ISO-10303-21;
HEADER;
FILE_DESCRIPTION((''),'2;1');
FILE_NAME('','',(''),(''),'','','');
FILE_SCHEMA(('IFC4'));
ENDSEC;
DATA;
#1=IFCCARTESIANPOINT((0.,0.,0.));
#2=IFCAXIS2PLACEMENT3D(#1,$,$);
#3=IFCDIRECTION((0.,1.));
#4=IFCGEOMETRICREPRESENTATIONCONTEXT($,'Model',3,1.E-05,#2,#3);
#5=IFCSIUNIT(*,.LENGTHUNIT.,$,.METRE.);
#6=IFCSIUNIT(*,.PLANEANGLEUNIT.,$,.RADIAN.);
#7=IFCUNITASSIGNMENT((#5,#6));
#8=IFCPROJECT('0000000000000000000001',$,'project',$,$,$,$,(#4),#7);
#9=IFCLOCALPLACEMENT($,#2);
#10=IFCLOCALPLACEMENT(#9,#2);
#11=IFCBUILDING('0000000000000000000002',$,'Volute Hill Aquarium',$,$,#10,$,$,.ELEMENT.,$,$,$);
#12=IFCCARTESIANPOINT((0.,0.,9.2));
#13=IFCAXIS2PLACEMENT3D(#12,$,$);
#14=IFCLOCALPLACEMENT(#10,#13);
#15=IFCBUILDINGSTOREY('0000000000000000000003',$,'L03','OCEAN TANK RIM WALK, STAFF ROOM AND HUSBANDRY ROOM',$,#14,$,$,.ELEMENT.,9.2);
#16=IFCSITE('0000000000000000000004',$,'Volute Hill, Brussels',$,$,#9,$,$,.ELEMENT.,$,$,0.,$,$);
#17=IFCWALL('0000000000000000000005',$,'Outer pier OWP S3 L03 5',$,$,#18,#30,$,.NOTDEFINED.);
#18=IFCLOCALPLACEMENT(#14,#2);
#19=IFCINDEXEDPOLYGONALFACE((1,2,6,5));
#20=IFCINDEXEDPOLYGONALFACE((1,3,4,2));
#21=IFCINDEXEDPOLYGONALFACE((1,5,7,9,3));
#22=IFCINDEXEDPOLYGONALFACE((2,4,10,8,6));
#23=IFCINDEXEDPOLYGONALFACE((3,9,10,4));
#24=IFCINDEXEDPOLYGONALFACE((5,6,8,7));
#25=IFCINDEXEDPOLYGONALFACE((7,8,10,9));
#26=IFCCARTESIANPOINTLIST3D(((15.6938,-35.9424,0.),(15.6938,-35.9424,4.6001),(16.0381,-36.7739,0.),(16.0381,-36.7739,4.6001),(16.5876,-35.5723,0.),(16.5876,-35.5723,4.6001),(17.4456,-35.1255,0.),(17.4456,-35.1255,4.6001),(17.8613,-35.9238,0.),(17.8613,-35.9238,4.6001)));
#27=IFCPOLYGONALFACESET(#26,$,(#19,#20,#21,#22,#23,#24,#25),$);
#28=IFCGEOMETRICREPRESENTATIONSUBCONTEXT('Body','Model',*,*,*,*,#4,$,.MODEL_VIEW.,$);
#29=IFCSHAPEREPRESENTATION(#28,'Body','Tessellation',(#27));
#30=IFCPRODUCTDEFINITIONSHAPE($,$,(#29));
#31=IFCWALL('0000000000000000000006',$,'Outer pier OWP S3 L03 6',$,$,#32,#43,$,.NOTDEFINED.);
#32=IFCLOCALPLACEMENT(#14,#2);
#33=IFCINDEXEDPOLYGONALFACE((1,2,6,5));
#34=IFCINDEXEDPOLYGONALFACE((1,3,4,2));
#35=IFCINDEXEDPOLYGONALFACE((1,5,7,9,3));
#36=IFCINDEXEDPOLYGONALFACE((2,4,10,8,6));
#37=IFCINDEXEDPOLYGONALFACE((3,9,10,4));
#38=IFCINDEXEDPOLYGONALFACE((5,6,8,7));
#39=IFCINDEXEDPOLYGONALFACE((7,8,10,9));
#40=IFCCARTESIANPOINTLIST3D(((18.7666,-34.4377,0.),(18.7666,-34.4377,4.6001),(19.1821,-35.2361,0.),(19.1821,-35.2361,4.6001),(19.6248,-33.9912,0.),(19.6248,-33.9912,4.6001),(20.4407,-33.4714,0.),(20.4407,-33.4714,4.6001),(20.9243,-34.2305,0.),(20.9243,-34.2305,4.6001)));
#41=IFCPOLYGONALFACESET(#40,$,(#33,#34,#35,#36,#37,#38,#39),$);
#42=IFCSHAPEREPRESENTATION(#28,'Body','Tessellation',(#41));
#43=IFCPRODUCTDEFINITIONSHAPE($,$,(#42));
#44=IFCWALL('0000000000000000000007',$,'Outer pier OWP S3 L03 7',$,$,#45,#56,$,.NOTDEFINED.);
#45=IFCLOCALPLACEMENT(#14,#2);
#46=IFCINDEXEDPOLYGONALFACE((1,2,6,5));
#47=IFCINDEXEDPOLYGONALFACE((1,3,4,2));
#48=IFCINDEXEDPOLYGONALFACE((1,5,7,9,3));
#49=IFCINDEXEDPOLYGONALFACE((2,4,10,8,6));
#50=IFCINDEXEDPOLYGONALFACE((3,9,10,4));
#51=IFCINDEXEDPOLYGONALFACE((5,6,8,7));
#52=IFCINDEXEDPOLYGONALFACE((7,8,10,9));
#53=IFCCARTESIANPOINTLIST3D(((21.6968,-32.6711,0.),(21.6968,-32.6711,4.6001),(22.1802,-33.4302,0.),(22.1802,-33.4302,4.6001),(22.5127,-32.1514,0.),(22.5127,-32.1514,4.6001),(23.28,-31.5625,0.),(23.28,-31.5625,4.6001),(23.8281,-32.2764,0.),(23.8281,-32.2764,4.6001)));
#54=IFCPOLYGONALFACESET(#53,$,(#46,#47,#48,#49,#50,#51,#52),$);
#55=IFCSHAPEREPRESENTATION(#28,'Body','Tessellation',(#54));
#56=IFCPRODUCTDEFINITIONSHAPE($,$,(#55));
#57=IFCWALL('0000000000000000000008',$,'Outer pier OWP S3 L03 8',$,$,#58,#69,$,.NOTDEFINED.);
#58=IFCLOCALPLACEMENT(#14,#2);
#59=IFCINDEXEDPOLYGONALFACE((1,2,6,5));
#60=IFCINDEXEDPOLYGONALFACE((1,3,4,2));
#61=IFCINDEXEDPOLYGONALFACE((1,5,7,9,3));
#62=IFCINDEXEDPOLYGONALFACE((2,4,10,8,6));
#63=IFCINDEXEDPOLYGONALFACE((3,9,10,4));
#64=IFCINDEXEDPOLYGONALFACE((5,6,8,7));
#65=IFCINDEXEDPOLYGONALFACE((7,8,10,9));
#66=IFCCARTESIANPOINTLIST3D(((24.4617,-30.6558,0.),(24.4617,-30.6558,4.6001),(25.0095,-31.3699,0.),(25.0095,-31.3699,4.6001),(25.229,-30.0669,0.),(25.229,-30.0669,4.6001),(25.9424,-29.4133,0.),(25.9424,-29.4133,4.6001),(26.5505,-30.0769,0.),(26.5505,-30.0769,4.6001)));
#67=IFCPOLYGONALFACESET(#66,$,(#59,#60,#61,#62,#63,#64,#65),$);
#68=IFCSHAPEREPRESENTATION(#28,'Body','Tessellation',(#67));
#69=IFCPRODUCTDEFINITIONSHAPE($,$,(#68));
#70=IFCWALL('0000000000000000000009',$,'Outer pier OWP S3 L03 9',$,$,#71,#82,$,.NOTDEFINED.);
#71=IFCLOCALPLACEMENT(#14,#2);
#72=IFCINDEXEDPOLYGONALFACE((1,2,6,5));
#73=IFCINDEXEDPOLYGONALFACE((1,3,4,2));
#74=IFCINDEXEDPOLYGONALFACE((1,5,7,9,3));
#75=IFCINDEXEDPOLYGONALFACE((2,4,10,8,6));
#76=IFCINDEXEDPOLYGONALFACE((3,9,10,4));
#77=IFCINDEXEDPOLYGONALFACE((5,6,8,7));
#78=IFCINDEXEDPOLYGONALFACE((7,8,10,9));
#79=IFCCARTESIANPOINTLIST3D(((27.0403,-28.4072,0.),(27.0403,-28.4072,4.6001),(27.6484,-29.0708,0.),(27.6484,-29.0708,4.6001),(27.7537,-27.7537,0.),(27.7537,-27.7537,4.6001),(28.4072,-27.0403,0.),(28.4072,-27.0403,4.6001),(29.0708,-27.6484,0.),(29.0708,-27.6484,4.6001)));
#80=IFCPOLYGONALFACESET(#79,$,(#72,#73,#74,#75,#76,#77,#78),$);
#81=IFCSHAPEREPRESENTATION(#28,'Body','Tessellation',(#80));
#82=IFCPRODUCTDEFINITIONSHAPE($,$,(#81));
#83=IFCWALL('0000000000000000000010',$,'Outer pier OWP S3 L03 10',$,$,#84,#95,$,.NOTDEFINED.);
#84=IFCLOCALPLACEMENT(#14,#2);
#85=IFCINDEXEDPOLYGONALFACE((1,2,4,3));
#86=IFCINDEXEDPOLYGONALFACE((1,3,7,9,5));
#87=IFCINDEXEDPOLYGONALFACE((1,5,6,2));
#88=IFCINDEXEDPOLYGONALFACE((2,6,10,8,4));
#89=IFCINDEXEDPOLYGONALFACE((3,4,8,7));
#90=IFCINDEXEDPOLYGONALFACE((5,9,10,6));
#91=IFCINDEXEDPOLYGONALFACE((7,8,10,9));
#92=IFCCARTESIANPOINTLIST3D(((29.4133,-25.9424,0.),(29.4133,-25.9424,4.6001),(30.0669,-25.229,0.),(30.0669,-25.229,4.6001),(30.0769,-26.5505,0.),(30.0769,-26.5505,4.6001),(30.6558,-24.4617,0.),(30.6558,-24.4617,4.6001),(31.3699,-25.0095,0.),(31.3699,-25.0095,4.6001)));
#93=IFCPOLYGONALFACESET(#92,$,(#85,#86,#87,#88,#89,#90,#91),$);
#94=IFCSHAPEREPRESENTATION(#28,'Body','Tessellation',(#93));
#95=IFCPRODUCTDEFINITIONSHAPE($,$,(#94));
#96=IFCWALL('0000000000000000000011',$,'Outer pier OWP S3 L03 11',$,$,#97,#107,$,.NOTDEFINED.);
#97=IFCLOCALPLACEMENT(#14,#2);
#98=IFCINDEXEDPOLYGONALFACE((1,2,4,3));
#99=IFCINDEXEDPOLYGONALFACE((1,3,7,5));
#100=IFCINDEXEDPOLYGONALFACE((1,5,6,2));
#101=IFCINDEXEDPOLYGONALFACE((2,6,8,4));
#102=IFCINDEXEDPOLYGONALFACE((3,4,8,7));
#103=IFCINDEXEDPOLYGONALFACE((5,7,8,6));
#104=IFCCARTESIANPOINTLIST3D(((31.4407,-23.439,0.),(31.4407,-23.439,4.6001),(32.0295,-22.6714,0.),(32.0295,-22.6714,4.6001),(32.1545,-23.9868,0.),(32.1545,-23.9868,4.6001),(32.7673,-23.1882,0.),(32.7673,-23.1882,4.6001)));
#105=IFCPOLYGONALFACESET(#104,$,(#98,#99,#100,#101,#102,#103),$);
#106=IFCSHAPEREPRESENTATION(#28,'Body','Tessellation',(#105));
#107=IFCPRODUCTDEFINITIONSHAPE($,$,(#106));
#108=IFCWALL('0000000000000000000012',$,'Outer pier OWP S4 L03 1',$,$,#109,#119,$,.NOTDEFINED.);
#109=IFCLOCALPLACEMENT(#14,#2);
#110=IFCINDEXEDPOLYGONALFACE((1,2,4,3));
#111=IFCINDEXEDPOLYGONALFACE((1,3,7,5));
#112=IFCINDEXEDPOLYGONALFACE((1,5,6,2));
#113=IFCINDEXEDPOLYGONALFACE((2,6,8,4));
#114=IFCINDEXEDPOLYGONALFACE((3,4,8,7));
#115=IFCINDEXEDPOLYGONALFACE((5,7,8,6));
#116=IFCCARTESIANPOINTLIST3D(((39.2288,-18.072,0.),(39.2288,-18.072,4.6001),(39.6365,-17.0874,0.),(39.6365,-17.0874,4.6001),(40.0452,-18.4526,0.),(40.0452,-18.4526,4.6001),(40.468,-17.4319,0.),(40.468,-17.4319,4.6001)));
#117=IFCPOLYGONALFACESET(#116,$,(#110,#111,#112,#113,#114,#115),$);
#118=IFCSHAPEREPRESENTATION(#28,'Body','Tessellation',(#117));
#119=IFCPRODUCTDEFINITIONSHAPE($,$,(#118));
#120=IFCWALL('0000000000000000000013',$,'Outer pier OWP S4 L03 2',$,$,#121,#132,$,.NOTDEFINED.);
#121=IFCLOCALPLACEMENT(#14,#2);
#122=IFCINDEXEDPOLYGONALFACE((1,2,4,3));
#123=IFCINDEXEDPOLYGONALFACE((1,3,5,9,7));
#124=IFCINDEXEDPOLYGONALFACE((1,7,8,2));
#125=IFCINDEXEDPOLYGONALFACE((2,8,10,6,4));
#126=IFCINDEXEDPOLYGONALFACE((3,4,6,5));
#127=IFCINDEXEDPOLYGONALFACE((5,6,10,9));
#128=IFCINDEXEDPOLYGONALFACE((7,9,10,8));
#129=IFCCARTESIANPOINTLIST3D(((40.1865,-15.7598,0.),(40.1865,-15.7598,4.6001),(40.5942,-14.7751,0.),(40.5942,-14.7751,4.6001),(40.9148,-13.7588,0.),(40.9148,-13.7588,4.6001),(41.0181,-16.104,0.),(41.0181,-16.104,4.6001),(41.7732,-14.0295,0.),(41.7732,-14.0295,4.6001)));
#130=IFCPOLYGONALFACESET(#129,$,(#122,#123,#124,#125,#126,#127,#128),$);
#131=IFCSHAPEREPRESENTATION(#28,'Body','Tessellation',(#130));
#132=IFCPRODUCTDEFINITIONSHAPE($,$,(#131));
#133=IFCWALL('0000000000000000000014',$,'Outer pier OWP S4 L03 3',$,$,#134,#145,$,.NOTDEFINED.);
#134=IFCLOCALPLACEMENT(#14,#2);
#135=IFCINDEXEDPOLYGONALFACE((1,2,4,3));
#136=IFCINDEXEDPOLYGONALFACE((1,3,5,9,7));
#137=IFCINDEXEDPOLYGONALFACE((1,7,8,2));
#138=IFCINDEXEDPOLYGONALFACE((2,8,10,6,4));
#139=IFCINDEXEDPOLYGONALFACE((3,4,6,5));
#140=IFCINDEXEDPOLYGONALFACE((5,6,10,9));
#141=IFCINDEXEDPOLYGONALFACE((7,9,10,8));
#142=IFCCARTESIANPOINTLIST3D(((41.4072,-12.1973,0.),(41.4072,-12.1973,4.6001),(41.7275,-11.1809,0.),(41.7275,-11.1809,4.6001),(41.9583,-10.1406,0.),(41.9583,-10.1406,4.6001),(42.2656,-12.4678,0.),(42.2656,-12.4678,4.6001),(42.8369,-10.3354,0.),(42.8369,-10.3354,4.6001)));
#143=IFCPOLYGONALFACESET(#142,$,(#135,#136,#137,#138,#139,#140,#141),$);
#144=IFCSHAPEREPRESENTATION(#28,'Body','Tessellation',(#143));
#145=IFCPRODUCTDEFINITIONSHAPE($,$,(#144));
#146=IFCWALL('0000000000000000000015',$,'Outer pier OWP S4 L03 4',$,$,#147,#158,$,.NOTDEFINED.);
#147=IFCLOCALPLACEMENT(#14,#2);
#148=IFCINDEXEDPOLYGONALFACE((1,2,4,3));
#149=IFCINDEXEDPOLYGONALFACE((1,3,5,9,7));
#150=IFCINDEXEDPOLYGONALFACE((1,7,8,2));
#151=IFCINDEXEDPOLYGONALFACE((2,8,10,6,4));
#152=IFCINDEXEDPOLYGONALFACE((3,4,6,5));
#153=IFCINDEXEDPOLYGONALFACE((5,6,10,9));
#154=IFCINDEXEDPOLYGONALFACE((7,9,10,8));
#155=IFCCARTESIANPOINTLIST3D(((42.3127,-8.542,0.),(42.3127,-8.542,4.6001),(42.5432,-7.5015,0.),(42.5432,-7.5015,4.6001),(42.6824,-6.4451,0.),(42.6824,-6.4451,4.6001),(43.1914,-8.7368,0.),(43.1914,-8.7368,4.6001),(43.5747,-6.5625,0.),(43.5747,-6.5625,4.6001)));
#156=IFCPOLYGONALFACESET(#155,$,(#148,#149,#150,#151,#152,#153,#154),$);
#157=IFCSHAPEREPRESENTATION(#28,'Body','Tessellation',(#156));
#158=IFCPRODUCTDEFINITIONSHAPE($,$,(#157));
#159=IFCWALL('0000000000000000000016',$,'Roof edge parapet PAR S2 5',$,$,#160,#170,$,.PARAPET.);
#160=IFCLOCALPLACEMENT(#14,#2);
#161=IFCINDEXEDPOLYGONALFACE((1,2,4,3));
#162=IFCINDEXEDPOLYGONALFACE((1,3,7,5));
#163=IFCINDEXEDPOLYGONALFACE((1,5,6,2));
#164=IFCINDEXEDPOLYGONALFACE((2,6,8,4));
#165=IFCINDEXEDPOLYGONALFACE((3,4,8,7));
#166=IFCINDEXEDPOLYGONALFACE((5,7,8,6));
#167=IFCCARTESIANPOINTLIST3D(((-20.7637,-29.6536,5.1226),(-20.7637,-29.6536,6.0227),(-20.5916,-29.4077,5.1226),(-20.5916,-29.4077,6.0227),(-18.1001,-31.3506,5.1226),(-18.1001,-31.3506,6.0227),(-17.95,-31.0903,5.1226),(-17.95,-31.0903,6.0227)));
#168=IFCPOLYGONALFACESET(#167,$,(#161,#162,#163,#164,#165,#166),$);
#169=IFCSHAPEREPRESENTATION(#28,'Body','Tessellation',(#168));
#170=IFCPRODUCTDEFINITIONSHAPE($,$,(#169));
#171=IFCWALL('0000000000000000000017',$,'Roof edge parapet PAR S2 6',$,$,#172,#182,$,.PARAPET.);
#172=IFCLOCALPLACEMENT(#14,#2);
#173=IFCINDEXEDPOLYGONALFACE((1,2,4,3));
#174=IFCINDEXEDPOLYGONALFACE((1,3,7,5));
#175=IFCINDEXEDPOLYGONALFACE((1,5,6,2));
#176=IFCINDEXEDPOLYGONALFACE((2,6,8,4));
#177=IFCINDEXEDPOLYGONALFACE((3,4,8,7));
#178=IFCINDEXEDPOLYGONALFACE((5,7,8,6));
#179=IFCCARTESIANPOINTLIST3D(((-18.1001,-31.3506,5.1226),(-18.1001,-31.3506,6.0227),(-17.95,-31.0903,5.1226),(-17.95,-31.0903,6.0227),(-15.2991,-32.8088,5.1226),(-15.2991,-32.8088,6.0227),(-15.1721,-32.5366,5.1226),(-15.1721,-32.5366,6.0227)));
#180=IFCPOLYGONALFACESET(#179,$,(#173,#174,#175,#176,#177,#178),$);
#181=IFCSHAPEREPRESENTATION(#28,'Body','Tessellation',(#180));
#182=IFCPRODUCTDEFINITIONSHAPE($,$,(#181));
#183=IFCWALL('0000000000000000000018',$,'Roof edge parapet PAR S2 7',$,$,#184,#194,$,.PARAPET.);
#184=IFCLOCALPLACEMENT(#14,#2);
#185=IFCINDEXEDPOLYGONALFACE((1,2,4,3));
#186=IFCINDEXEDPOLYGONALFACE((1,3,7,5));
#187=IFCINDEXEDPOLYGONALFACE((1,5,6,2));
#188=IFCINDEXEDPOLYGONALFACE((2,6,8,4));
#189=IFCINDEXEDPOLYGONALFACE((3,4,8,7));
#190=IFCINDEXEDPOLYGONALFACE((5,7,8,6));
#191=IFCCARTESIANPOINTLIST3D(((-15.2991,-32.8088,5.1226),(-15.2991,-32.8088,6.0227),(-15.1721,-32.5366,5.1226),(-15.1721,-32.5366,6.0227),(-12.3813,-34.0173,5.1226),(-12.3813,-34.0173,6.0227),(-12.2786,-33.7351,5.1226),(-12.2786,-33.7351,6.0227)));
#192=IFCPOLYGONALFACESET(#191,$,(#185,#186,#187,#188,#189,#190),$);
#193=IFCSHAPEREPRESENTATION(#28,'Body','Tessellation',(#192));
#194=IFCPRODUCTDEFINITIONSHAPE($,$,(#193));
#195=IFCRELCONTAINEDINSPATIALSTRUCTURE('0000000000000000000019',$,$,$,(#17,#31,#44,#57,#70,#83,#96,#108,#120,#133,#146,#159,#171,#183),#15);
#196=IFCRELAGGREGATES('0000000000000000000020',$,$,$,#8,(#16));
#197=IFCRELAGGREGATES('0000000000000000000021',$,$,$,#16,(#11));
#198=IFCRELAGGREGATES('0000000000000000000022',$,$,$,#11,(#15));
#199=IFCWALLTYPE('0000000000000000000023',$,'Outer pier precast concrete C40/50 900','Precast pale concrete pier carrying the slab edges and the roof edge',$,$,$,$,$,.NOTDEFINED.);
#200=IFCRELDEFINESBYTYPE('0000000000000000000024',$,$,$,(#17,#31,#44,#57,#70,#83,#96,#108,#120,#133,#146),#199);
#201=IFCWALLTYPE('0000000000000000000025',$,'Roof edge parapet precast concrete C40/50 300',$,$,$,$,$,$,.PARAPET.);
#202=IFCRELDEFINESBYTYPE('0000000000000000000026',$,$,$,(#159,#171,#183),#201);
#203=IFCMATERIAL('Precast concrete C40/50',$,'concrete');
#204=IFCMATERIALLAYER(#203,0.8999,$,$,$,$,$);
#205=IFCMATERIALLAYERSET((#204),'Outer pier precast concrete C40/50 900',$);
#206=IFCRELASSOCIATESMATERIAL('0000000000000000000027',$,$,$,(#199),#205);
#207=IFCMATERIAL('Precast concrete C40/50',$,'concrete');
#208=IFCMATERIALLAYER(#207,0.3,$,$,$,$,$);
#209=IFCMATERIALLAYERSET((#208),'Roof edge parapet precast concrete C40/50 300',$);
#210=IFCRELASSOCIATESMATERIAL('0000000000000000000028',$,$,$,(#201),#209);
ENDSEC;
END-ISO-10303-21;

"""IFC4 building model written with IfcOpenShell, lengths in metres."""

from ifc_helpers import new_model, si_unit, direction, frame, origin, place, context, subcontext, project, spatial, polyline, outline, extrude, material, layer, layer_set, type_object, element, save


model = new_model("IFC4")

# Units and contexts
model_context = context("Model", 3, precision=1e-05, world=origin(), true_north=direction((0.0, 1.0)))
body_context = subcontext(model_context, "Body", "Model", "MODEL_VIEW")
ifc_project = project(units=[si_unit("LENGTHUNIT", "METRE"), si_unit("PLANEANGLEUNIT", "RADIAN")], contexts=[model_context])

# Site, building, storey
site_placement = place(None, origin())
site = spatial("IfcSite", under=ifc_project, at=site_placement, Name="Volute Hill, Brussels", CompositionType="ELEMENT", RefElevation=0.0)
building_placement = place(site_placement, origin())
building = spatial("IfcBuilding", under=site, at=building_placement, Name="Volute Hill Aquarium", CompositionType="ELEMENT")
storey_placement = place(building_placement, frame((0.0, 0.0, 9.2)))
storey = spatial("IfcBuildingStorey", under=building, at=storey_placement, Name="L03", Description="OCEAN TANK RIM WALK, STAFF ROOM AND HUSBANDRY ROOM", CompositionType="ELEMENT", Elevation=9.2)

# Walls
ifc_material_1 = material(Name="Precast concrete C40/50", Category="concrete")
ifc_layer_1 = layer(ifc_material_1, 0.8999)
ifc_layer_set_1 = layer_set([ifc_layer_1], Name="Outer pier precast concrete C40/50 900")
wall_type_1 = type_object("IfcWallType", Name="Outer pier precast concrete C40/50 900", Description="Precast pale concrete pier carrying the slab edges and the roof edge", PredefinedType="NOTDEFINED", material=ifc_layer_set_1)
wall_1_placement = place(storey_placement, origin())
element("IfcWall", 1, at=wall_1_placement, inside=storey, type_object=wall_type_1, Name="Outer pier OWP S3 L03 5", PredefinedType="NOTDEFINED", context=body_context, shape_type="SweptSolid", body=[
    extrude(outline(polyline([(15.6938, -35.9424), (16.0381, -36.7739), (17.8613, -35.9238), (17.4456, -35.1255), (16.5876, -35.5723), (15.6938, -35.9424)])), origin(), (0.0, 0.0, 1.0), 4.6001),
])
wall_2_placement = place(storey_placement, origin())
element("IfcWall", 2, at=wall_2_placement, inside=storey, type_object=wall_type_1, Name="Outer pier OWP S3 L03 6", PredefinedType="NOTDEFINED", context=body_context, shape_type="SweptSolid", body=[
    extrude(outline(polyline([(18.7666, -34.4377), (19.1821, -35.2361), (20.9243, -34.2305), (20.4407, -33.4714), (19.6248, -33.9912), (18.7666, -34.4377)])), origin(), (0.0, 0.0, 1.0), 4.6001),
])
wall_3_placement = place(storey_placement, origin())
element("IfcWall", 3, at=wall_3_placement, inside=storey, type_object=wall_type_1, Name="Outer pier OWP S3 L03 7", PredefinedType="NOTDEFINED", context=body_context, shape_type="SweptSolid", body=[
    extrude(outline(polyline([(21.6968, -32.6711), (22.1802, -33.4302), (23.8281, -32.2764), (23.28, -31.5625), (22.5127, -32.1514), (21.6968, -32.6711)])), origin(), (0.0, 0.0, 1.0), 4.6001),
])
wall_4_placement = place(storey_placement, origin())
element("IfcWall", 4, at=wall_4_placement, inside=storey, type_object=wall_type_1, Name="Outer pier OWP S3 L03 8", PredefinedType="NOTDEFINED", context=body_context, shape_type="SweptSolid", body=[
    extrude(outline(polyline([(24.4617, -30.6558), (25.0095, -31.3699), (26.5505, -30.0769), (25.9424, -29.4133), (25.229, -30.0669), (24.4617, -30.6558)])), origin(), (0.0, 0.0, 1.0), 4.6001),
])
wall_5_placement = place(storey_placement, origin())
element("IfcWall", 5, at=wall_5_placement, inside=storey, type_object=wall_type_1, Name="Outer pier OWP S3 L03 9", PredefinedType="NOTDEFINED", context=body_context, shape_type="SweptSolid", body=[
    extrude(outline(polyline([(27.0403, -28.4072), (27.6484, -29.0708), (29.0708, -27.6484), (28.4072, -27.0403), (27.7537, -27.7537), (27.0403, -28.4072)])), origin(), (0.0, 0.0, 1.0), 4.6001),
])
wall_6_placement = place(storey_placement, origin())
element("IfcWall", 6, at=wall_6_placement, inside=storey, type_object=wall_type_1, Name="Outer pier OWP S3 L03 10", PredefinedType="NOTDEFINED", context=body_context, shape_type="SweptSolid", body=[
    extrude(outline(polyline([(29.4133, -25.9424), (30.0769, -26.5505), (31.3699, -25.0095), (30.6558, -24.4617), (30.0669, -25.229), (29.4133, -25.9424)])), origin(), (0.0, 0.0, 1.0), 4.6001),
])
wall_7_placement = place(storey_placement, origin())
element("IfcWall", 7, at=wall_7_placement, inside=storey, type_object=wall_type_1, Name="Outer pier OWP S3 L03 11", PredefinedType="NOTDEFINED", context=body_context, shape_type="SweptSolid", body=[
    extrude(outline(polyline([(31.4407, -23.439), (32.1545, -23.9868), (32.7673, -23.1882), (32.0295, -22.6714), (31.4407, -23.439)])), origin(), (0.0, 0.0, 1.0), 4.6001),
])
wall_8_placement = place(storey_placement, origin())
element("IfcWall", 8, at=wall_8_placement, inside=storey, type_object=wall_type_1, Name="Outer pier OWP S4 L03 1", PredefinedType="NOTDEFINED", context=body_context, shape_type="SweptSolid", body=[
    extrude(outline(polyline([(39.2288, -18.072), (40.0452, -18.4526), (40.468, -17.4319), (39.6365, -17.0874), (39.2288, -18.072)])), origin(), (0.0, 0.0, 1.0), 4.6001),
])
wall_9_placement = place(storey_placement, origin())
element("IfcWall", 9, at=wall_9_placement, inside=storey, type_object=wall_type_1, Name="Outer pier OWP S4 L03 2", PredefinedType="NOTDEFINED", context=body_context, shape_type="SweptSolid", body=[
    extrude(outline(polyline([(40.1865, -15.7598), (41.0181, -16.104), (41.7732, -14.0295), (40.9148, -13.7588), (40.5942, -14.7751), (40.1865, -15.7598)])), origin(), (0.0, 0.0, 1.0), 4.6001),
])
wall_10_placement = place(storey_placement, origin())
element("IfcWall", 10, at=wall_10_placement, inside=storey, type_object=wall_type_1, Name="Outer pier OWP S4 L03 3", PredefinedType="NOTDEFINED", context=body_context, shape_type="SweptSolid", body=[
    extrude(outline(polyline([(41.4072, -12.1973), (42.2656, -12.4678), (42.8369, -10.3354), (41.9583, -10.1406), (41.7275, -11.1809), (41.4072, -12.1973)])), origin(), (0.0, 0.0, 1.0), 4.6001),
])
wall_11_placement = place(storey_placement, origin())
element("IfcWall", 11, at=wall_11_placement, inside=storey, type_object=wall_type_1, Name="Outer pier OWP S4 L03 4", PredefinedType="NOTDEFINED", context=body_context, shape_type="SweptSolid", body=[
    extrude(outline(polyline([(42.3127, -8.542), (43.1914, -8.7368), (43.5747, -6.5625), (42.6824, -6.4451), (42.5432, -7.5015), (42.3127, -8.542)])), origin(), (0.0, 0.0, 1.0), 4.6001),
])
ifc_material_2 = material(Name="Precast concrete C40/50", Category="concrete")
ifc_layer_2 = layer(ifc_material_2, 0.3)
ifc_layer_set_2 = layer_set([ifc_layer_2], Name="Roof edge parapet precast concrete C40/50 300")
wall_type_2 = type_object("IfcWallType", Name="Roof edge parapet precast concrete C40/50 300", PredefinedType="PARAPET", material=ifc_layer_set_2)
wall_12_placement = place(storey_placement, frame((0.0, 0.0, 5.1226)))
element("IfcWall", 12, at=wall_12_placement, inside=storey, type_object=wall_type_2, Name="Roof edge parapet PAR S2 5", PredefinedType="PARAPET", context=body_context, shape_type="SweptSolid", body=[
    extrude(outline(polyline([(-20.5916, -29.4077), (-20.7637, -29.6536), (-18.1001, -31.3506), (-17.95, -31.0903), (-20.5916, -29.4077)])), origin(), (0.0, 0.0, 1.0), 0.9001),
])
wall_13_placement = place(storey_placement, frame((0.0, 0.0, 5.1226)))
element("IfcWall", 13, at=wall_13_placement, inside=storey, type_object=wall_type_2, Name="Roof edge parapet PAR S2 6", PredefinedType="PARAPET", context=body_context, shape_type="SweptSolid", body=[
    extrude(outline(polyline([(-17.95, -31.0903), (-18.1001, -31.3506), (-15.2991, -32.8088), (-15.1721, -32.5366), (-17.95, -31.0903)])), origin(), (0.0, 0.0, 1.0), 0.9001),
])
wall_14_placement = place(storey_placement, frame((0.0, 0.0, 5.1226)))
element("IfcWall", 14, at=wall_14_placement, inside=storey, type_object=wall_type_2, Name="Roof edge parapet PAR S2 7", PredefinedType="PARAPET", context=body_context, shape_type="SweptSolid", body=[
    extrude(outline(polyline([(-15.1721, -32.5366), (-15.2991, -32.8088), (-12.3813, -34.0173), (-12.2786, -33.7351), (-15.1721, -32.5366)])), origin(), (0.0, 0.0, 1.0), 0.9001),
])

save(model, "model.ifc")
